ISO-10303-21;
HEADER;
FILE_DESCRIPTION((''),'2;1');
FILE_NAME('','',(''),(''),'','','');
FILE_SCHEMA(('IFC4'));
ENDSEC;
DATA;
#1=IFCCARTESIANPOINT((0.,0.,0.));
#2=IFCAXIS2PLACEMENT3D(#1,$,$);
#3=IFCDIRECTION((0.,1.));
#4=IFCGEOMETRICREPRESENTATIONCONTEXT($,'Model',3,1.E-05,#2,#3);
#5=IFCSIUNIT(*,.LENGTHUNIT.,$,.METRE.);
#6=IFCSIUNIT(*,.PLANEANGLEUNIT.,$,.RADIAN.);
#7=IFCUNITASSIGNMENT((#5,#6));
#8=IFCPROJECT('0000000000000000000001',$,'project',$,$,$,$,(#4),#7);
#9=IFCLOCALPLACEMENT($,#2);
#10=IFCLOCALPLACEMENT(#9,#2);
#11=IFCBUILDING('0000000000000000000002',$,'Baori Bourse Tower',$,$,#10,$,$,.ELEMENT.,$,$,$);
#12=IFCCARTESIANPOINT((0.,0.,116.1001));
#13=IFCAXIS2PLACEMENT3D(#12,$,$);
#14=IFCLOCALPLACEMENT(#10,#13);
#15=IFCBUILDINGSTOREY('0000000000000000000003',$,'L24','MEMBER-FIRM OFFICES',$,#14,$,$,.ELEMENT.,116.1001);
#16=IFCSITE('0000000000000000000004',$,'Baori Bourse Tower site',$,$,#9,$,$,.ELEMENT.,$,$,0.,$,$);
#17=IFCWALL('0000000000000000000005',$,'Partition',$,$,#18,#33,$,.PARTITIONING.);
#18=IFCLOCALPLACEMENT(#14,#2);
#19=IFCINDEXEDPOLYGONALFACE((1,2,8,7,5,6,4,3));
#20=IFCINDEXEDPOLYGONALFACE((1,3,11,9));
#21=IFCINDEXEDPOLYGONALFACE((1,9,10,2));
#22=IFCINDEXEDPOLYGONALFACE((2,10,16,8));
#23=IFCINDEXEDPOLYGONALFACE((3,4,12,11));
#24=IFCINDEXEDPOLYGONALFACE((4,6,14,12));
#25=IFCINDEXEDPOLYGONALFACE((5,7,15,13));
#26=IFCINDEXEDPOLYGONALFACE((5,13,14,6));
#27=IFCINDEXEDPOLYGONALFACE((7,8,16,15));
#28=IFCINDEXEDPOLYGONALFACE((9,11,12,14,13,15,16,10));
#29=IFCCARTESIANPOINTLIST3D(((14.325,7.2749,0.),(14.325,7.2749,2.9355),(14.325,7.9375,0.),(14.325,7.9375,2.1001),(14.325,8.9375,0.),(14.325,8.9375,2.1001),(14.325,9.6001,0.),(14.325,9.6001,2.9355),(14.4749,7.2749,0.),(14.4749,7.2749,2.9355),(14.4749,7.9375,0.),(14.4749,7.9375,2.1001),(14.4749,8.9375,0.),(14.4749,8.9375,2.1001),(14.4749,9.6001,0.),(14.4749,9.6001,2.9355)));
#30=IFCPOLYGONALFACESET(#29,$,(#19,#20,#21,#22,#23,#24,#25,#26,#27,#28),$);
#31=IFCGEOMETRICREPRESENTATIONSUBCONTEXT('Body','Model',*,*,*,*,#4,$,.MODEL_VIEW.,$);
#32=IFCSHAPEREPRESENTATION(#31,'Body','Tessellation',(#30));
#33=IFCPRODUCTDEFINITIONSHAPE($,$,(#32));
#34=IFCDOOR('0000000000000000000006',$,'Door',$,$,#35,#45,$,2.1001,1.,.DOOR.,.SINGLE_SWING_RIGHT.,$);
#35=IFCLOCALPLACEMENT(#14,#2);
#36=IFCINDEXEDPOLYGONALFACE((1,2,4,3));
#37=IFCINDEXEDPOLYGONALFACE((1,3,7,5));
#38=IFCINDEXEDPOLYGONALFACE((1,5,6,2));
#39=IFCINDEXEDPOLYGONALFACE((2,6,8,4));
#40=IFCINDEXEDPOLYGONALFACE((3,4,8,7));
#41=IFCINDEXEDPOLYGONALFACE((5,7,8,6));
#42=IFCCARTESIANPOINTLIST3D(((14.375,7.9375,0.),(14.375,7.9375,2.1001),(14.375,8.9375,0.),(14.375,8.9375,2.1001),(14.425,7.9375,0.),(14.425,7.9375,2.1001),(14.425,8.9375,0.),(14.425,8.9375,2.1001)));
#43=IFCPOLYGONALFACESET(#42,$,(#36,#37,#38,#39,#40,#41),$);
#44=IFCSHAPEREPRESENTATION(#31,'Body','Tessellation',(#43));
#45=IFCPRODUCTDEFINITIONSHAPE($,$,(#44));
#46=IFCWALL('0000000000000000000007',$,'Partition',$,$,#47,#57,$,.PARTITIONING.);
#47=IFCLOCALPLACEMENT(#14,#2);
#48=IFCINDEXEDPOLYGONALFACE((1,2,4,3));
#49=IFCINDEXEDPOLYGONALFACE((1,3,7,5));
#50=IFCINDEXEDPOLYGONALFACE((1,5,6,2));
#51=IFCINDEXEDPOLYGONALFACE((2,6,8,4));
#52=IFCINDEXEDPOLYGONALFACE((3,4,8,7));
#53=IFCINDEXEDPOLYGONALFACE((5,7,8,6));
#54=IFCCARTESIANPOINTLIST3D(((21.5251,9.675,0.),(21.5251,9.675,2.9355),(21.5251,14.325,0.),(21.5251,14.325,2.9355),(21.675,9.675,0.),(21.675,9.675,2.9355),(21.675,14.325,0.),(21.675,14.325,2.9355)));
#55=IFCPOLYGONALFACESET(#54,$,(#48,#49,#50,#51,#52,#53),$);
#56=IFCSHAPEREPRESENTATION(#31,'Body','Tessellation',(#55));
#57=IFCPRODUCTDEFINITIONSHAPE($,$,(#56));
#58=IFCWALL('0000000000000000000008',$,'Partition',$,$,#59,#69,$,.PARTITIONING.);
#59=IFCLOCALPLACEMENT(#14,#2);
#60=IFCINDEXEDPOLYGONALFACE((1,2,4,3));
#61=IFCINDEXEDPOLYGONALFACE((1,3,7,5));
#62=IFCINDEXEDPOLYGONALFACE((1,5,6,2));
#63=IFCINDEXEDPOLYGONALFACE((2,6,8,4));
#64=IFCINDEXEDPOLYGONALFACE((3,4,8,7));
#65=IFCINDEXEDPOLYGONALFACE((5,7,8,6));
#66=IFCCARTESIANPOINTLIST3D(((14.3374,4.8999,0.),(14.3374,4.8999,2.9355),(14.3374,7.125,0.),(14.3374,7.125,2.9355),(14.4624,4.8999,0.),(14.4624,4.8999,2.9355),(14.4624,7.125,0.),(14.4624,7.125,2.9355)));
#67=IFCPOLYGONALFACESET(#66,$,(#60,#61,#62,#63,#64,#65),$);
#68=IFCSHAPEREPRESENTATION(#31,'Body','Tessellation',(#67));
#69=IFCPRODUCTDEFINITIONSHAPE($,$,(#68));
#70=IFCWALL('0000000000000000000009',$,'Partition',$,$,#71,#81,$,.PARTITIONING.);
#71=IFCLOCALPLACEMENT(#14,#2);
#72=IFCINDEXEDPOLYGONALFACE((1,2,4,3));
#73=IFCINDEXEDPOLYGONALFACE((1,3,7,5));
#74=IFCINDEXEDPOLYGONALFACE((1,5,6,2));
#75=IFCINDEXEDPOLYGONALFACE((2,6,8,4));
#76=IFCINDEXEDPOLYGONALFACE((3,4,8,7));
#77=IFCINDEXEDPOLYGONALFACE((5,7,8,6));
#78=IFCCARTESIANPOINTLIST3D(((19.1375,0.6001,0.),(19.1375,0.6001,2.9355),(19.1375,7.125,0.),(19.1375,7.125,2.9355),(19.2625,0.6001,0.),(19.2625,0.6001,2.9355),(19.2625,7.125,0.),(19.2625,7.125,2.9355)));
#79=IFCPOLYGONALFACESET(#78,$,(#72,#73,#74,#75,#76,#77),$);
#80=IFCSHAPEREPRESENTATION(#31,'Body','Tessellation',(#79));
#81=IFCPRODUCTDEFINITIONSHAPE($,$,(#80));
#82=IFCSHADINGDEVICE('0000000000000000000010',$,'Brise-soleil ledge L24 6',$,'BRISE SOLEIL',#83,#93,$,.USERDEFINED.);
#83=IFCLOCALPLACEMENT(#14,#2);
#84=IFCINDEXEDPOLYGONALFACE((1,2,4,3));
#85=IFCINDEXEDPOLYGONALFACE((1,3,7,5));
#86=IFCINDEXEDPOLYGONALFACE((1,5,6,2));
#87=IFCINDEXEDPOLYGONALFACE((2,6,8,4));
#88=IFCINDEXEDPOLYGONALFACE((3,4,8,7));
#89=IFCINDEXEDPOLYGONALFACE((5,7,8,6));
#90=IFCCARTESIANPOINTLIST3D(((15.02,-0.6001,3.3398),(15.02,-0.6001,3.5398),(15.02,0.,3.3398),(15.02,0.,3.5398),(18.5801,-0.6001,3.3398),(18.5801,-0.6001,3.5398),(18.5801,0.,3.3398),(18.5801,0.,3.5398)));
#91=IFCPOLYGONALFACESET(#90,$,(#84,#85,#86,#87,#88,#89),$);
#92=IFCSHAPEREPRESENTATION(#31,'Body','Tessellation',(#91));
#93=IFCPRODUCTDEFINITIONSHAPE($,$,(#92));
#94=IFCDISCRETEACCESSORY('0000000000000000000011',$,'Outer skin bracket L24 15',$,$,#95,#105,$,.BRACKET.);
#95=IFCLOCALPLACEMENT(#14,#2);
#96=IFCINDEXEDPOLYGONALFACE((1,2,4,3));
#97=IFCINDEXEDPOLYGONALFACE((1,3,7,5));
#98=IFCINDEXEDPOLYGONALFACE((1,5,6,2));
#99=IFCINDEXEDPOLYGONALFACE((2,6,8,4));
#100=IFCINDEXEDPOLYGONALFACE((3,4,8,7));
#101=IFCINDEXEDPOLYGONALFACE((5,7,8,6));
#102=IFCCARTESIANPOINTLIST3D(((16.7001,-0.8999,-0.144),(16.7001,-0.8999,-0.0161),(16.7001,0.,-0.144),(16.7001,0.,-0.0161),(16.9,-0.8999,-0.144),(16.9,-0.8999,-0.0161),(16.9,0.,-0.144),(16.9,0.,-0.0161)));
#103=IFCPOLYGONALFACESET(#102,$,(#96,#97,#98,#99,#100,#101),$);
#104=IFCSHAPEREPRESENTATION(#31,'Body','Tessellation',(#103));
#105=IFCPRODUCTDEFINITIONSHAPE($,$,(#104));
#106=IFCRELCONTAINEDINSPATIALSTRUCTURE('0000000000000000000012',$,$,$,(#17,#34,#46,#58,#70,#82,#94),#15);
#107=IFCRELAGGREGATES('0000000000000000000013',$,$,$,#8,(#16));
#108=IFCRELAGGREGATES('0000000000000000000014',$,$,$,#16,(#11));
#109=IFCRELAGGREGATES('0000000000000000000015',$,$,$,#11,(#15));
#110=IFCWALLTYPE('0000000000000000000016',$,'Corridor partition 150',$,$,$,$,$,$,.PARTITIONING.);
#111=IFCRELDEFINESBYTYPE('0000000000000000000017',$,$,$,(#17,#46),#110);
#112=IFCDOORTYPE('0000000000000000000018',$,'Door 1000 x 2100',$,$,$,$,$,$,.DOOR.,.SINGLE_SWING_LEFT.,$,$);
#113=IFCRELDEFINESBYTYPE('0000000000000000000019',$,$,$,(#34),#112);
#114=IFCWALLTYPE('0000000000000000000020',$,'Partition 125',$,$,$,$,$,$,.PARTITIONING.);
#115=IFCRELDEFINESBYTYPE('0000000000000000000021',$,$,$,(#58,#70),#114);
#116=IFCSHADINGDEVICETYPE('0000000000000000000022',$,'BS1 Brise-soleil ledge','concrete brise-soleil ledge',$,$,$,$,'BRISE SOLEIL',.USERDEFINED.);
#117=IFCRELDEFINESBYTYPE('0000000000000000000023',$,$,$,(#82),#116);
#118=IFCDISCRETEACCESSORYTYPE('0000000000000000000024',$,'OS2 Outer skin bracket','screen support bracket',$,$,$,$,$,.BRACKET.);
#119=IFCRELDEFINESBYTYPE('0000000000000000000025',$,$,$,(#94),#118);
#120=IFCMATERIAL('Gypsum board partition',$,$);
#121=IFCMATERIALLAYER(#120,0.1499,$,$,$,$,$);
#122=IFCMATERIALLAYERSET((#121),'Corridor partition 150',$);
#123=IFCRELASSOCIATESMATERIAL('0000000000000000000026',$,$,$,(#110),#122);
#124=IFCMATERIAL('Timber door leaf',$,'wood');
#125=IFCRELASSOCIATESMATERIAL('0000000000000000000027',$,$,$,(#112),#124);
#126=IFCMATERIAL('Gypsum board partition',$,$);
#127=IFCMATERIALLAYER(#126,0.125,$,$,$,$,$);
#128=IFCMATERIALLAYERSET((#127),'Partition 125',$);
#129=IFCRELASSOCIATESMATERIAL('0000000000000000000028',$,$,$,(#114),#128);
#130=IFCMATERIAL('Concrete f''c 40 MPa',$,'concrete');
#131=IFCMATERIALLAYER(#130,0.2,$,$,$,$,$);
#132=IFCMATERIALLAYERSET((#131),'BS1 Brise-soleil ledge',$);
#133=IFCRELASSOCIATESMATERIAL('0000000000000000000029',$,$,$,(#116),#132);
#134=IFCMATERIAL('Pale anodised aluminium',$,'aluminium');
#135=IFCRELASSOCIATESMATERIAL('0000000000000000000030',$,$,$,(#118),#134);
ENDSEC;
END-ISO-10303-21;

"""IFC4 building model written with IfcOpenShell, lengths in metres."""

from ifc_helpers import new_model, si_unit, direction, frame, frame_2d, origin, origin_2d, place, context, subcontext, project, spatial, rectangle, extrude, material, layer, layer_set, type_object, element, fill, save


model = new_model("IFC4")

# Units and contexts
model_context = context("Model", 3, precision=1e-05, world=origin(), true_north=direction((0.0, 1.0)))
body_context = subcontext(model_context, "Body", "Model", "MODEL_VIEW")
ifc_project = project(units=[si_unit("LENGTHUNIT", "METRE"), si_unit("PLANEANGLEUNIT", "RADIAN")], contexts=[model_context])

# Site, building, storey
site_placement = place(None, origin())
site = spatial("IfcSite", under=ifc_project, at=site_placement, Name="Baori Bourse Tower site", CompositionType="ELEMENT", RefElevation=0.0)
building_placement = place(site_placement, origin())
building = spatial("IfcBuilding", under=site, at=building_placement, Name="Baori Bourse Tower", CompositionType="ELEMENT")
storey_placement = place(building_placement, frame((0.0, 0.0, 116.1001)))
storey = spatial("IfcBuildingStorey", under=building, at=storey_placement, Name="L24", Description="MEMBER-FIRM OFFICES", CompositionType="ELEMENT", Elevation=116.1001)

# Shared definitions
ifc_material_1 = material(Name="Gypsum board partition")
ifc_layer_1 = layer(ifc_material_1, 0.1499)
ifc_layer_set_1 = layer_set([ifc_layer_1], Name="Corridor partition 150")
wall_type_1 = type_object("IfcWallType", Name="Corridor partition 150", PredefinedType="PARTITIONING", material=ifc_layer_set_1)
ifc_material_2 = material(Name="Timber door leaf", Category="wood")
door_type_1 = type_object("IfcDoorType", Name="Door 1000 x 2100", OperationType="SINGLE_SWING_LEFT", PredefinedType="DOOR", material=ifc_material_2)

# Wall, opening, door
wall_1_placement = place(storey_placement, frame((14.3999, 7.2749, 0.0), z_axis=(0.0, 0.0, 1.0), x_axis=(0.0, 1.0, 0.0)))
wall_1 = element("IfcWall", 1, at=wall_1_placement, inside=storey, type_object=wall_type_1, Name="Partition", PredefinedType="PARTITIONING", context=body_context, shape_type="SweptSolid", body=[
    extrude(rectangle(XDim=2.3252, YDim=0.1499, at=frame_2d((1.1626, 0.0))), origin(), (0.0, 0.0, 1.0), 2.9355),
])
opening_1_placement = place(wall_1_placement, frame((0.6626, 0.0, 0.0)))
opening_1 = element("IfcOpeningElement", 2, at=opening_1_placement, cuts=wall_1, PredefinedType="OPENING", context=body_context, shape_type="SweptSolid", body=[
    extrude(rectangle(XDim=1.0, YDim=2.1001, at=frame_2d((0.5, 1.05))), frame((0.0, 0.085, 0.0), z_axis=(0.0, -1.0, 0.0), x_axis=(1.0, 0.0, 0.0)), (0.0, 0.0, 1.0), 0.1699),
])
door_1_placement = place(opening_1_placement, origin())
door_1 = element("IfcDoor", 3, at=door_1_placement, inside=storey, type_object=door_type_1, Name="Door", OperationType="SINGLE_SWING_RIGHT", OverallHeight=2.1001, OverallWidth=1.0, PredefinedType="DOOR", context=body_context, shape_type="SweptSolid", body=[
    extrude(rectangle(XDim=1.0, YDim=2.1001, at=frame_2d((0.5, 1.05))), frame((0.0, 0.0249, 0.0), z_axis=(0.0, -1.0, 0.0), x_axis=(1.0, 0.0, 0.0)), (0.0, 0.0, 1.0), 0.05),
])
fill(opening_1, door_1)

# Walls
wall_2_placement = place(storey_placement, frame((21.6001, 9.675, 0.0), z_axis=(0.0, 0.0, 1.0), x_axis=(0.0, 1.0, 0.0)))
element("IfcWall", 4, at=wall_2_placement, inside=storey, type_object=wall_type_1, Name="Partition", PredefinedType="PARTITIONING", context=body_context, shape_type="SweptSolid", body=[
    extrude(rectangle(XDim=4.6499, YDim=0.1499, at=frame_2d((2.325, 0.0))), origin(), (0.0, 0.0, 1.0), 2.9355),
])
ifc_material_3 = material(Name="Gypsum board partition")
ifc_layer_2 = layer(ifc_material_3, 0.125)
ifc_layer_set_2 = layer_set([ifc_layer_2], Name="Partition 125")
wall_type_2 = type_object("IfcWallType", Name="Partition 125", PredefinedType="PARTITIONING", material=ifc_layer_set_2)
wall_3_placement = place(storey_placement, frame((14.3999, 4.8999, 0.0), z_axis=(0.0, 0.0, 1.0), x_axis=(0.0, 1.0, 0.0)))
element("IfcWall", 5, at=wall_3_placement, inside=storey, type_object=wall_type_2, Name="Partition", PredefinedType="PARTITIONING", context=body_context, shape_type="SweptSolid", body=[
    extrude(rectangle(XDim=2.2251, YDim=0.125, at=frame_2d((1.1125, 0.0))), origin(), (0.0, 0.0, 1.0), 2.9355),
])
wall_4_placement = place(storey_placement, frame((19.2, 0.6001, 0.0), z_axis=(0.0, 0.0, 1.0), x_axis=(0.0, 1.0, 0.0)))
element("IfcWall", 6, at=wall_4_placement, inside=storey, type_object=wall_type_2, Name="Partition", PredefinedType="PARTITIONING", context=body_context, shape_type="SweptSolid", body=[
    extrude(rectangle(XDim=6.5249, YDim=0.125, at=frame_2d((3.2625, 0.0))), origin(), (0.0, 0.0, 1.0), 2.9355),
])

# Shading device
ifc_material_4 = material(Name="Concrete f'c 40 MPa", Category="concrete")
ifc_layer_3 = layer(ifc_material_4, 0.2)
ifc_layer_set_3 = layer_set([ifc_layer_3], Name="BS1 Brise-soleil ledge")
shading_device_type = type_object("IfcShadingDeviceType", Name="BS1 Brise-soleil ledge", Description="concrete brise-soleil ledge", ElementType="BRISE SOLEIL", PredefinedType="USERDEFINED", material=ifc_layer_set_3)
shading_device_placement = place(storey_placement, frame((16.8, -0.3, 3.3398), z_axis=(0.0, 0.0, 1.0), x_axis=(1.0, 0.0, 0.0)))
element("IfcShadingDevice", 7, at=shading_device_placement, inside=storey, type_object=shading_device_type, Name="Brise-soleil ledge L24 6", ObjectType="BRISE SOLEIL", PredefinedType="USERDEFINED", context=body_context, shape_type="SweptSolid", body=[
    extrude(rectangle(XDim=3.5601, YDim=0.6001, at=origin_2d()), origin(), (0.0, 0.0, 1.0), 0.2),
])

# Discrete accessory
ifc_material_5 = material(Name="Pale anodised aluminium", Category="aluminium")
discrete_accessory_type = type_object("IfcDiscreteAccessoryType", Name="OS2 Outer skin bracket", Description="screen support bracket", PredefinedType="BRACKET", material=ifc_material_5)
discrete_accessory_placement = place(storey_placement, frame((16.8, -0.45, -0.144), z_axis=(0.0, 0.0, 1.0), x_axis=(1.0, 0.0, 0.0)))
element("IfcDiscreteAccessory", 8, at=discrete_accessory_placement, inside=storey, type_object=discrete_accessory_type, Name="Outer skin bracket L24 15", PredefinedType="BRACKET", context=body_context, shape_type="SweptSolid", body=[
    extrude(rectangle(XDim=0.2, YDim=0.8999, at=origin_2d()), origin(), (0.0, 0.0, 1.0), 0.1279),
])

save(model, "model.ifc")
